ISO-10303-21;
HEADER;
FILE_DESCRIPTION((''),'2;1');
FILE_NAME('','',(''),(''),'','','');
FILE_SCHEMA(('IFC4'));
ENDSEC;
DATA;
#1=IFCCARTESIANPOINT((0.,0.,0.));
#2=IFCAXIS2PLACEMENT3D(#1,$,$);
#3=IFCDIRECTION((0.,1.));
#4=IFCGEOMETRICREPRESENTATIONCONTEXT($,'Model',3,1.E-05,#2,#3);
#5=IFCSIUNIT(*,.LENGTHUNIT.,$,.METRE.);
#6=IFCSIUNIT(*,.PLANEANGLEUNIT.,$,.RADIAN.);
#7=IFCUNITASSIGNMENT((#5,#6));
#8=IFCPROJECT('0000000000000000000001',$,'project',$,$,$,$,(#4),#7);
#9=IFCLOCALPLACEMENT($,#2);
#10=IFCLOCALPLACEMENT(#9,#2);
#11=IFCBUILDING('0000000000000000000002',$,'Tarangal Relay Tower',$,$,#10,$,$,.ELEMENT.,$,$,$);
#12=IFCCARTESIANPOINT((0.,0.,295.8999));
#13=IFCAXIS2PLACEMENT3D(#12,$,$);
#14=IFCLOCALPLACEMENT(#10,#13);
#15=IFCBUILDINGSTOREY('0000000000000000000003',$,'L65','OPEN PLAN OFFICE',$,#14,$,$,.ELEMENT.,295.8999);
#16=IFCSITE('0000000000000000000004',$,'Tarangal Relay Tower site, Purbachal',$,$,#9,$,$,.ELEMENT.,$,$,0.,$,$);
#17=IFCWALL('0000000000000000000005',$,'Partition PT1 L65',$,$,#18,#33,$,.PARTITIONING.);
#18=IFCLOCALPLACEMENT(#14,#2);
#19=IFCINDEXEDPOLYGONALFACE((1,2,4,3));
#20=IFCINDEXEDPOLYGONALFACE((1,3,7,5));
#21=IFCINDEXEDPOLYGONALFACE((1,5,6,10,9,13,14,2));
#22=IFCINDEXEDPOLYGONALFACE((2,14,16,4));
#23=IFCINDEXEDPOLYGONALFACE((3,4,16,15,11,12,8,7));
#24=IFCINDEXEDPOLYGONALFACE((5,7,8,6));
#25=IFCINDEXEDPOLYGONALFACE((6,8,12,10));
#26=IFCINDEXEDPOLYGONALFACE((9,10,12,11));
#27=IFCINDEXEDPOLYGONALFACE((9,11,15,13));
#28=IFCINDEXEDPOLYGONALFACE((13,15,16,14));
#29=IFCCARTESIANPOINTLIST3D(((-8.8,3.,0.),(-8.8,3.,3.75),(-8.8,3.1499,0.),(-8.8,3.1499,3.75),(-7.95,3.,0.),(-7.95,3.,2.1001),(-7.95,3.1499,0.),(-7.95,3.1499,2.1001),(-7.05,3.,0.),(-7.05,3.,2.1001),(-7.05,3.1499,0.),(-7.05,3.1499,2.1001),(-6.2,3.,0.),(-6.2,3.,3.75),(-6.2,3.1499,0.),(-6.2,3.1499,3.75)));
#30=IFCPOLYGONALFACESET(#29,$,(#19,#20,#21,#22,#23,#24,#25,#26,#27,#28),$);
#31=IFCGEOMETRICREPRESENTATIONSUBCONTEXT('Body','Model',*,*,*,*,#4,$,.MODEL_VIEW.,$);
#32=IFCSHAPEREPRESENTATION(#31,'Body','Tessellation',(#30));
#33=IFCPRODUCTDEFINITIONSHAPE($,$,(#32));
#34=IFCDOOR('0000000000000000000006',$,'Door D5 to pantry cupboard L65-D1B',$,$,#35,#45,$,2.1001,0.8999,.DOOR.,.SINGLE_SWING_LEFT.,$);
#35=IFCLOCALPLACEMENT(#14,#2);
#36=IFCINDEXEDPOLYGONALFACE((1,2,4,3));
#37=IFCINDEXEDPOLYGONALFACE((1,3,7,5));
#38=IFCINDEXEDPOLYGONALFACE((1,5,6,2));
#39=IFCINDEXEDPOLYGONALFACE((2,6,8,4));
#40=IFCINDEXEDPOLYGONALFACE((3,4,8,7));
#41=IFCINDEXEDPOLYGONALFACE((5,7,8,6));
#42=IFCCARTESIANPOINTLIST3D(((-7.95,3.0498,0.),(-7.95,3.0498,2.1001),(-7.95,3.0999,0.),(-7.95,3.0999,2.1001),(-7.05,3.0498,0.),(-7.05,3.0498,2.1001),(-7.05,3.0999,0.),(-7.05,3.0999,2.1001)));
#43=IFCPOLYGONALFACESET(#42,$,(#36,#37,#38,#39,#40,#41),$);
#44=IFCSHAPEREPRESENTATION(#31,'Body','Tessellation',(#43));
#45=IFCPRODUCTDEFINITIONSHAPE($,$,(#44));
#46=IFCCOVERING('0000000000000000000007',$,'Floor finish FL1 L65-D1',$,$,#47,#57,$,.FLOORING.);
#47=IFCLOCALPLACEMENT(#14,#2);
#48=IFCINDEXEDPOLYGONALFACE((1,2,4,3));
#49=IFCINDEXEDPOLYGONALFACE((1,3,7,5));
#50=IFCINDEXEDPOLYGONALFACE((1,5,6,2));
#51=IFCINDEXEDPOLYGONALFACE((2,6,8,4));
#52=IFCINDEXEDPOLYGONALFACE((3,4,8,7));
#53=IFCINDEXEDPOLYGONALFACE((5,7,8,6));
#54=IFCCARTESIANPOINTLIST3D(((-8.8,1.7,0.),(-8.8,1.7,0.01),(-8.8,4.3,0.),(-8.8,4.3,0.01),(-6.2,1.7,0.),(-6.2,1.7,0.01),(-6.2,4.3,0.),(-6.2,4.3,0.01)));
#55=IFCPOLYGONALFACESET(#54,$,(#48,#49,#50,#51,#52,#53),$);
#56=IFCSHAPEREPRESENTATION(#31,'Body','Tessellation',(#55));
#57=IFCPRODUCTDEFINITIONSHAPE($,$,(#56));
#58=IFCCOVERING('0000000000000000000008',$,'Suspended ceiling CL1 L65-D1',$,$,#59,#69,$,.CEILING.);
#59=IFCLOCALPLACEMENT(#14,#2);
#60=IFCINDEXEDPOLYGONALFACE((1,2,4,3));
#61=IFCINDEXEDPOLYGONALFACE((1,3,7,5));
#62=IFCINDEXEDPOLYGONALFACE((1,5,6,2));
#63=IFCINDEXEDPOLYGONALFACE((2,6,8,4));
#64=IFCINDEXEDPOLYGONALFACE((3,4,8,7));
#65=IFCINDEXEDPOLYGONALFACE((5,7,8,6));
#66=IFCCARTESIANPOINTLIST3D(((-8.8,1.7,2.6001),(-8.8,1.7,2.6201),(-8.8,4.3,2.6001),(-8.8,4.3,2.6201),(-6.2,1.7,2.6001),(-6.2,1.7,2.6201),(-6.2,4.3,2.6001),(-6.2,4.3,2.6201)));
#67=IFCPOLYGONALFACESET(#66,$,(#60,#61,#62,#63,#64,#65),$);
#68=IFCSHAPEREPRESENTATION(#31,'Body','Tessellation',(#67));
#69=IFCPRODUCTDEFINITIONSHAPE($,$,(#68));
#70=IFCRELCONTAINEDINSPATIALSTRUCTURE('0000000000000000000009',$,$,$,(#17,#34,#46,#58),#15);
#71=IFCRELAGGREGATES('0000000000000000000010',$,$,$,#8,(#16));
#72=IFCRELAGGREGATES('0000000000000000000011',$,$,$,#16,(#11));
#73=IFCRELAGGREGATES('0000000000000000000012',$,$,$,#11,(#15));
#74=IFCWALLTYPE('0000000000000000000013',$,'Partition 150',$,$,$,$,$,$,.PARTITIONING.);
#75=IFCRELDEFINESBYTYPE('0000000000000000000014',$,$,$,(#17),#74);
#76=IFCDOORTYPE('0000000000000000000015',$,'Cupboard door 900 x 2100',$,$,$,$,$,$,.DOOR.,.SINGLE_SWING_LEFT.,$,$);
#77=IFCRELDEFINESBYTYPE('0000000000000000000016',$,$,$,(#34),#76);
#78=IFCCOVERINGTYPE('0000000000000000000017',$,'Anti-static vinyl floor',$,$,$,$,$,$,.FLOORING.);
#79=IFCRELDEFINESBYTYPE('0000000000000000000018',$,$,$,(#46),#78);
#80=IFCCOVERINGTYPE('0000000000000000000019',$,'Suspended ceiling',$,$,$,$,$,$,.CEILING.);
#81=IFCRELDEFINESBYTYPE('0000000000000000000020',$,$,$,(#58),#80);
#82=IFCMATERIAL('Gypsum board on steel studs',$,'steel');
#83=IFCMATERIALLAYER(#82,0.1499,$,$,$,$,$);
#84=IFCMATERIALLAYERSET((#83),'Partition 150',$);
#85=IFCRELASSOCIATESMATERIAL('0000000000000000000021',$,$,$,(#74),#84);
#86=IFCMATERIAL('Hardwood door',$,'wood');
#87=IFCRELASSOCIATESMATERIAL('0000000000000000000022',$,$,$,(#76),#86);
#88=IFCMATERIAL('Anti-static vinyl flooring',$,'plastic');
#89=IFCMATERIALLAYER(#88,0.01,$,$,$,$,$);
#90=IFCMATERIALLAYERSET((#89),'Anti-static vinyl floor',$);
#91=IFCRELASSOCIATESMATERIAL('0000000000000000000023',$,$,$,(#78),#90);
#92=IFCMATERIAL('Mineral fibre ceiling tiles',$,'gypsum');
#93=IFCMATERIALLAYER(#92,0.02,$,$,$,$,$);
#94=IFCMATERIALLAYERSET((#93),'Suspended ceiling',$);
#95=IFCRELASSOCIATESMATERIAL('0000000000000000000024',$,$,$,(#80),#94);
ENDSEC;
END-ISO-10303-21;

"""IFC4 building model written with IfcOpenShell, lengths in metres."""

from ifc_helpers import new_model, si_unit, direction, frame, frame_2d, origin, place, context, subcontext, project, spatial, polyline, rectangle, outline, extrude, material, layer, layer_set, type_object, element, fill, save


model = new_model("IFC4")

# Units and contexts
model_context = context("Model", 3, precision=1e-05, world=origin(), true_north=direction((0.0, 1.0)))
body_context = subcontext(model_context, "Body", "Model", "MODEL_VIEW")
ifc_project = project(units=[si_unit("LENGTHUNIT", "METRE"), si_unit("PLANEANGLEUNIT", "RADIAN")], contexts=[model_context])

# Site, building, storey
site_placement = place(None, origin())
site = spatial("IfcSite", under=ifc_project, at=site_placement, Name="Tarangal Relay Tower site, Purbachal", CompositionType="ELEMENT", RefElevation=0.0)
building_placement = place(site_placement, origin())
building = spatial("IfcBuilding", under=site, at=building_placement, Name="Tarangal Relay Tower", CompositionType="ELEMENT")
storey_placement = place(building_placement, frame((0.0, 0.0, 295.8999)))
storey = spatial("IfcBuildingStorey", under=building, at=storey_placement, Name="L65", Description="OPEN PLAN OFFICE", CompositionType="ELEMENT", Elevation=295.8999)

# Wall, opening, door
ifc_material_1 = material(Name="Gypsum board on steel studs", Category="steel")
ifc_layer_1 = layer(ifc_material_1, 0.1499)
ifc_layer_set_1 = layer_set([ifc_layer_1], Name="Partition 150")
wall_type_1 = type_object("IfcWallType", Name="Partition 150", PredefinedType="PARTITIONING", material=ifc_layer_set_1)
wall_1_placement = place(storey_placement, frame((-8.8, 3.075, 0.0), z_axis=(0.0, 0.0, 1.0), x_axis=(1.0, 0.0, 0.0)))
wall_1 = element("IfcWall", 1, at=wall_1_placement, inside=storey, type_object=wall_type_1, Name="Partition PT1 L65", PredefinedType="PARTITIONING", context=body_context, shape_type="SweptSolid", body=[
    extrude(rectangle(XDim=2.6001, YDim=0.1499, at=frame_2d((1.3, 0.0))), origin(), (0.0, 0.0, 1.0), 3.75),
])
opening_1_placement = place(wall_1_placement, frame((0.8501, 0.0, 0.0)))
opening_1 = element("IfcOpeningElement", 2, at=opening_1_placement, cuts=wall_1, PredefinedType="OPENING", context=body_context, shape_type="SweptSolid", body=[
    extrude(rectangle(XDim=0.8999, YDim=2.1001, at=frame_2d((0.45, 1.05))), frame((0.0, 0.085, 0.0), z_axis=(0.0, -1.0, 0.0), x_axis=(1.0, 0.0, 0.0)), (0.0, 0.0, 1.0), 0.1699),
])
ifc_material_2 = material(Name="Hardwood door", Category="wood")
door_type_1 = type_object("IfcDoorType", Name="Cupboard door 900 x 2100", OperationType="SINGLE_SWING_LEFT", PredefinedType="DOOR", material=ifc_material_2)
door_1_placement = place(opening_1_placement, origin())
door_1 = element("IfcDoor", 3, at=door_1_placement, inside=storey, type_object=door_type_1, Name="Door D5 to pantry cupboard L65-D1B", OperationType="SINGLE_SWING_LEFT", OverallHeight=2.1001, OverallWidth=0.8999, PredefinedType="DOOR", context=body_context, shape_type="SweptSolid", body=[
    extrude(rectangle(XDim=0.8999, YDim=2.1001, at=frame_2d((0.45, 1.05))), frame((0.0, 0.0249, 0.0), z_axis=(0.0, -1.0, 0.0), x_axis=(1.0, 0.0, 0.0)), (0.0, 0.0, 1.0), 0.05),
])
fill(opening_1, door_1)

# Coverings
ifc_material_3 = material(Name="Anti-static vinyl flooring", Category="plastic")
ifc_layer_2 = layer(ifc_material_3, 0.01)
ifc_layer_set_2 = layer_set([ifc_layer_2], Name="Anti-static vinyl floor")
covering_type_1 = type_object("IfcCoveringType", Name="Anti-static vinyl floor", PredefinedType="FLOORING", material=ifc_layer_set_2)
covering_1_placement = place(storey_placement, origin())
element("IfcCovering", 4, at=covering_1_placement, inside=storey, type_object=covering_type_1, Name="Floor finish FL1 L65-D1", PredefinedType="FLOORING", context=body_context, shape_type="SweptSolid", body=[
    extrude(outline(polyline([(-8.8, 1.7), (-6.2, 1.7), (-6.2, 4.3), (-8.8, 4.3), (-8.8, 1.7)])), origin(), (0.0, 0.0, 1.0), 0.01),
])
ifc_material_4 = material(Name="Mineral fibre ceiling tiles", Category="gypsum")
ifc_layer_3 = layer(ifc_material_4, 0.02)
ifc_layer_set_3 = layer_set([ifc_layer_3], Name="Suspended ceiling")
covering_type_2 = type_object("IfcCoveringType", Name="Suspended ceiling", PredefinedType="CEILING", material=ifc_layer_set_3)
covering_2_placement = place(storey_placement, frame((0.0, 0.0, 2.6001)))
element("IfcCovering", 5, at=covering_2_placement, inside=storey, type_object=covering_type_2, Name="Suspended ceiling CL1 L65-D1", PredefinedType="CEILING", context=body_context, shape_type="SweptSolid", body=[
    extrude(outline(polyline([(-8.8, 1.7), (-6.2, 1.7), (-6.2, 4.3), (-8.8, 4.3), (-8.8, 1.7)])), origin(), (0.0, 0.0, 1.0), 0.02),
])

save(model, "model.ifc")
